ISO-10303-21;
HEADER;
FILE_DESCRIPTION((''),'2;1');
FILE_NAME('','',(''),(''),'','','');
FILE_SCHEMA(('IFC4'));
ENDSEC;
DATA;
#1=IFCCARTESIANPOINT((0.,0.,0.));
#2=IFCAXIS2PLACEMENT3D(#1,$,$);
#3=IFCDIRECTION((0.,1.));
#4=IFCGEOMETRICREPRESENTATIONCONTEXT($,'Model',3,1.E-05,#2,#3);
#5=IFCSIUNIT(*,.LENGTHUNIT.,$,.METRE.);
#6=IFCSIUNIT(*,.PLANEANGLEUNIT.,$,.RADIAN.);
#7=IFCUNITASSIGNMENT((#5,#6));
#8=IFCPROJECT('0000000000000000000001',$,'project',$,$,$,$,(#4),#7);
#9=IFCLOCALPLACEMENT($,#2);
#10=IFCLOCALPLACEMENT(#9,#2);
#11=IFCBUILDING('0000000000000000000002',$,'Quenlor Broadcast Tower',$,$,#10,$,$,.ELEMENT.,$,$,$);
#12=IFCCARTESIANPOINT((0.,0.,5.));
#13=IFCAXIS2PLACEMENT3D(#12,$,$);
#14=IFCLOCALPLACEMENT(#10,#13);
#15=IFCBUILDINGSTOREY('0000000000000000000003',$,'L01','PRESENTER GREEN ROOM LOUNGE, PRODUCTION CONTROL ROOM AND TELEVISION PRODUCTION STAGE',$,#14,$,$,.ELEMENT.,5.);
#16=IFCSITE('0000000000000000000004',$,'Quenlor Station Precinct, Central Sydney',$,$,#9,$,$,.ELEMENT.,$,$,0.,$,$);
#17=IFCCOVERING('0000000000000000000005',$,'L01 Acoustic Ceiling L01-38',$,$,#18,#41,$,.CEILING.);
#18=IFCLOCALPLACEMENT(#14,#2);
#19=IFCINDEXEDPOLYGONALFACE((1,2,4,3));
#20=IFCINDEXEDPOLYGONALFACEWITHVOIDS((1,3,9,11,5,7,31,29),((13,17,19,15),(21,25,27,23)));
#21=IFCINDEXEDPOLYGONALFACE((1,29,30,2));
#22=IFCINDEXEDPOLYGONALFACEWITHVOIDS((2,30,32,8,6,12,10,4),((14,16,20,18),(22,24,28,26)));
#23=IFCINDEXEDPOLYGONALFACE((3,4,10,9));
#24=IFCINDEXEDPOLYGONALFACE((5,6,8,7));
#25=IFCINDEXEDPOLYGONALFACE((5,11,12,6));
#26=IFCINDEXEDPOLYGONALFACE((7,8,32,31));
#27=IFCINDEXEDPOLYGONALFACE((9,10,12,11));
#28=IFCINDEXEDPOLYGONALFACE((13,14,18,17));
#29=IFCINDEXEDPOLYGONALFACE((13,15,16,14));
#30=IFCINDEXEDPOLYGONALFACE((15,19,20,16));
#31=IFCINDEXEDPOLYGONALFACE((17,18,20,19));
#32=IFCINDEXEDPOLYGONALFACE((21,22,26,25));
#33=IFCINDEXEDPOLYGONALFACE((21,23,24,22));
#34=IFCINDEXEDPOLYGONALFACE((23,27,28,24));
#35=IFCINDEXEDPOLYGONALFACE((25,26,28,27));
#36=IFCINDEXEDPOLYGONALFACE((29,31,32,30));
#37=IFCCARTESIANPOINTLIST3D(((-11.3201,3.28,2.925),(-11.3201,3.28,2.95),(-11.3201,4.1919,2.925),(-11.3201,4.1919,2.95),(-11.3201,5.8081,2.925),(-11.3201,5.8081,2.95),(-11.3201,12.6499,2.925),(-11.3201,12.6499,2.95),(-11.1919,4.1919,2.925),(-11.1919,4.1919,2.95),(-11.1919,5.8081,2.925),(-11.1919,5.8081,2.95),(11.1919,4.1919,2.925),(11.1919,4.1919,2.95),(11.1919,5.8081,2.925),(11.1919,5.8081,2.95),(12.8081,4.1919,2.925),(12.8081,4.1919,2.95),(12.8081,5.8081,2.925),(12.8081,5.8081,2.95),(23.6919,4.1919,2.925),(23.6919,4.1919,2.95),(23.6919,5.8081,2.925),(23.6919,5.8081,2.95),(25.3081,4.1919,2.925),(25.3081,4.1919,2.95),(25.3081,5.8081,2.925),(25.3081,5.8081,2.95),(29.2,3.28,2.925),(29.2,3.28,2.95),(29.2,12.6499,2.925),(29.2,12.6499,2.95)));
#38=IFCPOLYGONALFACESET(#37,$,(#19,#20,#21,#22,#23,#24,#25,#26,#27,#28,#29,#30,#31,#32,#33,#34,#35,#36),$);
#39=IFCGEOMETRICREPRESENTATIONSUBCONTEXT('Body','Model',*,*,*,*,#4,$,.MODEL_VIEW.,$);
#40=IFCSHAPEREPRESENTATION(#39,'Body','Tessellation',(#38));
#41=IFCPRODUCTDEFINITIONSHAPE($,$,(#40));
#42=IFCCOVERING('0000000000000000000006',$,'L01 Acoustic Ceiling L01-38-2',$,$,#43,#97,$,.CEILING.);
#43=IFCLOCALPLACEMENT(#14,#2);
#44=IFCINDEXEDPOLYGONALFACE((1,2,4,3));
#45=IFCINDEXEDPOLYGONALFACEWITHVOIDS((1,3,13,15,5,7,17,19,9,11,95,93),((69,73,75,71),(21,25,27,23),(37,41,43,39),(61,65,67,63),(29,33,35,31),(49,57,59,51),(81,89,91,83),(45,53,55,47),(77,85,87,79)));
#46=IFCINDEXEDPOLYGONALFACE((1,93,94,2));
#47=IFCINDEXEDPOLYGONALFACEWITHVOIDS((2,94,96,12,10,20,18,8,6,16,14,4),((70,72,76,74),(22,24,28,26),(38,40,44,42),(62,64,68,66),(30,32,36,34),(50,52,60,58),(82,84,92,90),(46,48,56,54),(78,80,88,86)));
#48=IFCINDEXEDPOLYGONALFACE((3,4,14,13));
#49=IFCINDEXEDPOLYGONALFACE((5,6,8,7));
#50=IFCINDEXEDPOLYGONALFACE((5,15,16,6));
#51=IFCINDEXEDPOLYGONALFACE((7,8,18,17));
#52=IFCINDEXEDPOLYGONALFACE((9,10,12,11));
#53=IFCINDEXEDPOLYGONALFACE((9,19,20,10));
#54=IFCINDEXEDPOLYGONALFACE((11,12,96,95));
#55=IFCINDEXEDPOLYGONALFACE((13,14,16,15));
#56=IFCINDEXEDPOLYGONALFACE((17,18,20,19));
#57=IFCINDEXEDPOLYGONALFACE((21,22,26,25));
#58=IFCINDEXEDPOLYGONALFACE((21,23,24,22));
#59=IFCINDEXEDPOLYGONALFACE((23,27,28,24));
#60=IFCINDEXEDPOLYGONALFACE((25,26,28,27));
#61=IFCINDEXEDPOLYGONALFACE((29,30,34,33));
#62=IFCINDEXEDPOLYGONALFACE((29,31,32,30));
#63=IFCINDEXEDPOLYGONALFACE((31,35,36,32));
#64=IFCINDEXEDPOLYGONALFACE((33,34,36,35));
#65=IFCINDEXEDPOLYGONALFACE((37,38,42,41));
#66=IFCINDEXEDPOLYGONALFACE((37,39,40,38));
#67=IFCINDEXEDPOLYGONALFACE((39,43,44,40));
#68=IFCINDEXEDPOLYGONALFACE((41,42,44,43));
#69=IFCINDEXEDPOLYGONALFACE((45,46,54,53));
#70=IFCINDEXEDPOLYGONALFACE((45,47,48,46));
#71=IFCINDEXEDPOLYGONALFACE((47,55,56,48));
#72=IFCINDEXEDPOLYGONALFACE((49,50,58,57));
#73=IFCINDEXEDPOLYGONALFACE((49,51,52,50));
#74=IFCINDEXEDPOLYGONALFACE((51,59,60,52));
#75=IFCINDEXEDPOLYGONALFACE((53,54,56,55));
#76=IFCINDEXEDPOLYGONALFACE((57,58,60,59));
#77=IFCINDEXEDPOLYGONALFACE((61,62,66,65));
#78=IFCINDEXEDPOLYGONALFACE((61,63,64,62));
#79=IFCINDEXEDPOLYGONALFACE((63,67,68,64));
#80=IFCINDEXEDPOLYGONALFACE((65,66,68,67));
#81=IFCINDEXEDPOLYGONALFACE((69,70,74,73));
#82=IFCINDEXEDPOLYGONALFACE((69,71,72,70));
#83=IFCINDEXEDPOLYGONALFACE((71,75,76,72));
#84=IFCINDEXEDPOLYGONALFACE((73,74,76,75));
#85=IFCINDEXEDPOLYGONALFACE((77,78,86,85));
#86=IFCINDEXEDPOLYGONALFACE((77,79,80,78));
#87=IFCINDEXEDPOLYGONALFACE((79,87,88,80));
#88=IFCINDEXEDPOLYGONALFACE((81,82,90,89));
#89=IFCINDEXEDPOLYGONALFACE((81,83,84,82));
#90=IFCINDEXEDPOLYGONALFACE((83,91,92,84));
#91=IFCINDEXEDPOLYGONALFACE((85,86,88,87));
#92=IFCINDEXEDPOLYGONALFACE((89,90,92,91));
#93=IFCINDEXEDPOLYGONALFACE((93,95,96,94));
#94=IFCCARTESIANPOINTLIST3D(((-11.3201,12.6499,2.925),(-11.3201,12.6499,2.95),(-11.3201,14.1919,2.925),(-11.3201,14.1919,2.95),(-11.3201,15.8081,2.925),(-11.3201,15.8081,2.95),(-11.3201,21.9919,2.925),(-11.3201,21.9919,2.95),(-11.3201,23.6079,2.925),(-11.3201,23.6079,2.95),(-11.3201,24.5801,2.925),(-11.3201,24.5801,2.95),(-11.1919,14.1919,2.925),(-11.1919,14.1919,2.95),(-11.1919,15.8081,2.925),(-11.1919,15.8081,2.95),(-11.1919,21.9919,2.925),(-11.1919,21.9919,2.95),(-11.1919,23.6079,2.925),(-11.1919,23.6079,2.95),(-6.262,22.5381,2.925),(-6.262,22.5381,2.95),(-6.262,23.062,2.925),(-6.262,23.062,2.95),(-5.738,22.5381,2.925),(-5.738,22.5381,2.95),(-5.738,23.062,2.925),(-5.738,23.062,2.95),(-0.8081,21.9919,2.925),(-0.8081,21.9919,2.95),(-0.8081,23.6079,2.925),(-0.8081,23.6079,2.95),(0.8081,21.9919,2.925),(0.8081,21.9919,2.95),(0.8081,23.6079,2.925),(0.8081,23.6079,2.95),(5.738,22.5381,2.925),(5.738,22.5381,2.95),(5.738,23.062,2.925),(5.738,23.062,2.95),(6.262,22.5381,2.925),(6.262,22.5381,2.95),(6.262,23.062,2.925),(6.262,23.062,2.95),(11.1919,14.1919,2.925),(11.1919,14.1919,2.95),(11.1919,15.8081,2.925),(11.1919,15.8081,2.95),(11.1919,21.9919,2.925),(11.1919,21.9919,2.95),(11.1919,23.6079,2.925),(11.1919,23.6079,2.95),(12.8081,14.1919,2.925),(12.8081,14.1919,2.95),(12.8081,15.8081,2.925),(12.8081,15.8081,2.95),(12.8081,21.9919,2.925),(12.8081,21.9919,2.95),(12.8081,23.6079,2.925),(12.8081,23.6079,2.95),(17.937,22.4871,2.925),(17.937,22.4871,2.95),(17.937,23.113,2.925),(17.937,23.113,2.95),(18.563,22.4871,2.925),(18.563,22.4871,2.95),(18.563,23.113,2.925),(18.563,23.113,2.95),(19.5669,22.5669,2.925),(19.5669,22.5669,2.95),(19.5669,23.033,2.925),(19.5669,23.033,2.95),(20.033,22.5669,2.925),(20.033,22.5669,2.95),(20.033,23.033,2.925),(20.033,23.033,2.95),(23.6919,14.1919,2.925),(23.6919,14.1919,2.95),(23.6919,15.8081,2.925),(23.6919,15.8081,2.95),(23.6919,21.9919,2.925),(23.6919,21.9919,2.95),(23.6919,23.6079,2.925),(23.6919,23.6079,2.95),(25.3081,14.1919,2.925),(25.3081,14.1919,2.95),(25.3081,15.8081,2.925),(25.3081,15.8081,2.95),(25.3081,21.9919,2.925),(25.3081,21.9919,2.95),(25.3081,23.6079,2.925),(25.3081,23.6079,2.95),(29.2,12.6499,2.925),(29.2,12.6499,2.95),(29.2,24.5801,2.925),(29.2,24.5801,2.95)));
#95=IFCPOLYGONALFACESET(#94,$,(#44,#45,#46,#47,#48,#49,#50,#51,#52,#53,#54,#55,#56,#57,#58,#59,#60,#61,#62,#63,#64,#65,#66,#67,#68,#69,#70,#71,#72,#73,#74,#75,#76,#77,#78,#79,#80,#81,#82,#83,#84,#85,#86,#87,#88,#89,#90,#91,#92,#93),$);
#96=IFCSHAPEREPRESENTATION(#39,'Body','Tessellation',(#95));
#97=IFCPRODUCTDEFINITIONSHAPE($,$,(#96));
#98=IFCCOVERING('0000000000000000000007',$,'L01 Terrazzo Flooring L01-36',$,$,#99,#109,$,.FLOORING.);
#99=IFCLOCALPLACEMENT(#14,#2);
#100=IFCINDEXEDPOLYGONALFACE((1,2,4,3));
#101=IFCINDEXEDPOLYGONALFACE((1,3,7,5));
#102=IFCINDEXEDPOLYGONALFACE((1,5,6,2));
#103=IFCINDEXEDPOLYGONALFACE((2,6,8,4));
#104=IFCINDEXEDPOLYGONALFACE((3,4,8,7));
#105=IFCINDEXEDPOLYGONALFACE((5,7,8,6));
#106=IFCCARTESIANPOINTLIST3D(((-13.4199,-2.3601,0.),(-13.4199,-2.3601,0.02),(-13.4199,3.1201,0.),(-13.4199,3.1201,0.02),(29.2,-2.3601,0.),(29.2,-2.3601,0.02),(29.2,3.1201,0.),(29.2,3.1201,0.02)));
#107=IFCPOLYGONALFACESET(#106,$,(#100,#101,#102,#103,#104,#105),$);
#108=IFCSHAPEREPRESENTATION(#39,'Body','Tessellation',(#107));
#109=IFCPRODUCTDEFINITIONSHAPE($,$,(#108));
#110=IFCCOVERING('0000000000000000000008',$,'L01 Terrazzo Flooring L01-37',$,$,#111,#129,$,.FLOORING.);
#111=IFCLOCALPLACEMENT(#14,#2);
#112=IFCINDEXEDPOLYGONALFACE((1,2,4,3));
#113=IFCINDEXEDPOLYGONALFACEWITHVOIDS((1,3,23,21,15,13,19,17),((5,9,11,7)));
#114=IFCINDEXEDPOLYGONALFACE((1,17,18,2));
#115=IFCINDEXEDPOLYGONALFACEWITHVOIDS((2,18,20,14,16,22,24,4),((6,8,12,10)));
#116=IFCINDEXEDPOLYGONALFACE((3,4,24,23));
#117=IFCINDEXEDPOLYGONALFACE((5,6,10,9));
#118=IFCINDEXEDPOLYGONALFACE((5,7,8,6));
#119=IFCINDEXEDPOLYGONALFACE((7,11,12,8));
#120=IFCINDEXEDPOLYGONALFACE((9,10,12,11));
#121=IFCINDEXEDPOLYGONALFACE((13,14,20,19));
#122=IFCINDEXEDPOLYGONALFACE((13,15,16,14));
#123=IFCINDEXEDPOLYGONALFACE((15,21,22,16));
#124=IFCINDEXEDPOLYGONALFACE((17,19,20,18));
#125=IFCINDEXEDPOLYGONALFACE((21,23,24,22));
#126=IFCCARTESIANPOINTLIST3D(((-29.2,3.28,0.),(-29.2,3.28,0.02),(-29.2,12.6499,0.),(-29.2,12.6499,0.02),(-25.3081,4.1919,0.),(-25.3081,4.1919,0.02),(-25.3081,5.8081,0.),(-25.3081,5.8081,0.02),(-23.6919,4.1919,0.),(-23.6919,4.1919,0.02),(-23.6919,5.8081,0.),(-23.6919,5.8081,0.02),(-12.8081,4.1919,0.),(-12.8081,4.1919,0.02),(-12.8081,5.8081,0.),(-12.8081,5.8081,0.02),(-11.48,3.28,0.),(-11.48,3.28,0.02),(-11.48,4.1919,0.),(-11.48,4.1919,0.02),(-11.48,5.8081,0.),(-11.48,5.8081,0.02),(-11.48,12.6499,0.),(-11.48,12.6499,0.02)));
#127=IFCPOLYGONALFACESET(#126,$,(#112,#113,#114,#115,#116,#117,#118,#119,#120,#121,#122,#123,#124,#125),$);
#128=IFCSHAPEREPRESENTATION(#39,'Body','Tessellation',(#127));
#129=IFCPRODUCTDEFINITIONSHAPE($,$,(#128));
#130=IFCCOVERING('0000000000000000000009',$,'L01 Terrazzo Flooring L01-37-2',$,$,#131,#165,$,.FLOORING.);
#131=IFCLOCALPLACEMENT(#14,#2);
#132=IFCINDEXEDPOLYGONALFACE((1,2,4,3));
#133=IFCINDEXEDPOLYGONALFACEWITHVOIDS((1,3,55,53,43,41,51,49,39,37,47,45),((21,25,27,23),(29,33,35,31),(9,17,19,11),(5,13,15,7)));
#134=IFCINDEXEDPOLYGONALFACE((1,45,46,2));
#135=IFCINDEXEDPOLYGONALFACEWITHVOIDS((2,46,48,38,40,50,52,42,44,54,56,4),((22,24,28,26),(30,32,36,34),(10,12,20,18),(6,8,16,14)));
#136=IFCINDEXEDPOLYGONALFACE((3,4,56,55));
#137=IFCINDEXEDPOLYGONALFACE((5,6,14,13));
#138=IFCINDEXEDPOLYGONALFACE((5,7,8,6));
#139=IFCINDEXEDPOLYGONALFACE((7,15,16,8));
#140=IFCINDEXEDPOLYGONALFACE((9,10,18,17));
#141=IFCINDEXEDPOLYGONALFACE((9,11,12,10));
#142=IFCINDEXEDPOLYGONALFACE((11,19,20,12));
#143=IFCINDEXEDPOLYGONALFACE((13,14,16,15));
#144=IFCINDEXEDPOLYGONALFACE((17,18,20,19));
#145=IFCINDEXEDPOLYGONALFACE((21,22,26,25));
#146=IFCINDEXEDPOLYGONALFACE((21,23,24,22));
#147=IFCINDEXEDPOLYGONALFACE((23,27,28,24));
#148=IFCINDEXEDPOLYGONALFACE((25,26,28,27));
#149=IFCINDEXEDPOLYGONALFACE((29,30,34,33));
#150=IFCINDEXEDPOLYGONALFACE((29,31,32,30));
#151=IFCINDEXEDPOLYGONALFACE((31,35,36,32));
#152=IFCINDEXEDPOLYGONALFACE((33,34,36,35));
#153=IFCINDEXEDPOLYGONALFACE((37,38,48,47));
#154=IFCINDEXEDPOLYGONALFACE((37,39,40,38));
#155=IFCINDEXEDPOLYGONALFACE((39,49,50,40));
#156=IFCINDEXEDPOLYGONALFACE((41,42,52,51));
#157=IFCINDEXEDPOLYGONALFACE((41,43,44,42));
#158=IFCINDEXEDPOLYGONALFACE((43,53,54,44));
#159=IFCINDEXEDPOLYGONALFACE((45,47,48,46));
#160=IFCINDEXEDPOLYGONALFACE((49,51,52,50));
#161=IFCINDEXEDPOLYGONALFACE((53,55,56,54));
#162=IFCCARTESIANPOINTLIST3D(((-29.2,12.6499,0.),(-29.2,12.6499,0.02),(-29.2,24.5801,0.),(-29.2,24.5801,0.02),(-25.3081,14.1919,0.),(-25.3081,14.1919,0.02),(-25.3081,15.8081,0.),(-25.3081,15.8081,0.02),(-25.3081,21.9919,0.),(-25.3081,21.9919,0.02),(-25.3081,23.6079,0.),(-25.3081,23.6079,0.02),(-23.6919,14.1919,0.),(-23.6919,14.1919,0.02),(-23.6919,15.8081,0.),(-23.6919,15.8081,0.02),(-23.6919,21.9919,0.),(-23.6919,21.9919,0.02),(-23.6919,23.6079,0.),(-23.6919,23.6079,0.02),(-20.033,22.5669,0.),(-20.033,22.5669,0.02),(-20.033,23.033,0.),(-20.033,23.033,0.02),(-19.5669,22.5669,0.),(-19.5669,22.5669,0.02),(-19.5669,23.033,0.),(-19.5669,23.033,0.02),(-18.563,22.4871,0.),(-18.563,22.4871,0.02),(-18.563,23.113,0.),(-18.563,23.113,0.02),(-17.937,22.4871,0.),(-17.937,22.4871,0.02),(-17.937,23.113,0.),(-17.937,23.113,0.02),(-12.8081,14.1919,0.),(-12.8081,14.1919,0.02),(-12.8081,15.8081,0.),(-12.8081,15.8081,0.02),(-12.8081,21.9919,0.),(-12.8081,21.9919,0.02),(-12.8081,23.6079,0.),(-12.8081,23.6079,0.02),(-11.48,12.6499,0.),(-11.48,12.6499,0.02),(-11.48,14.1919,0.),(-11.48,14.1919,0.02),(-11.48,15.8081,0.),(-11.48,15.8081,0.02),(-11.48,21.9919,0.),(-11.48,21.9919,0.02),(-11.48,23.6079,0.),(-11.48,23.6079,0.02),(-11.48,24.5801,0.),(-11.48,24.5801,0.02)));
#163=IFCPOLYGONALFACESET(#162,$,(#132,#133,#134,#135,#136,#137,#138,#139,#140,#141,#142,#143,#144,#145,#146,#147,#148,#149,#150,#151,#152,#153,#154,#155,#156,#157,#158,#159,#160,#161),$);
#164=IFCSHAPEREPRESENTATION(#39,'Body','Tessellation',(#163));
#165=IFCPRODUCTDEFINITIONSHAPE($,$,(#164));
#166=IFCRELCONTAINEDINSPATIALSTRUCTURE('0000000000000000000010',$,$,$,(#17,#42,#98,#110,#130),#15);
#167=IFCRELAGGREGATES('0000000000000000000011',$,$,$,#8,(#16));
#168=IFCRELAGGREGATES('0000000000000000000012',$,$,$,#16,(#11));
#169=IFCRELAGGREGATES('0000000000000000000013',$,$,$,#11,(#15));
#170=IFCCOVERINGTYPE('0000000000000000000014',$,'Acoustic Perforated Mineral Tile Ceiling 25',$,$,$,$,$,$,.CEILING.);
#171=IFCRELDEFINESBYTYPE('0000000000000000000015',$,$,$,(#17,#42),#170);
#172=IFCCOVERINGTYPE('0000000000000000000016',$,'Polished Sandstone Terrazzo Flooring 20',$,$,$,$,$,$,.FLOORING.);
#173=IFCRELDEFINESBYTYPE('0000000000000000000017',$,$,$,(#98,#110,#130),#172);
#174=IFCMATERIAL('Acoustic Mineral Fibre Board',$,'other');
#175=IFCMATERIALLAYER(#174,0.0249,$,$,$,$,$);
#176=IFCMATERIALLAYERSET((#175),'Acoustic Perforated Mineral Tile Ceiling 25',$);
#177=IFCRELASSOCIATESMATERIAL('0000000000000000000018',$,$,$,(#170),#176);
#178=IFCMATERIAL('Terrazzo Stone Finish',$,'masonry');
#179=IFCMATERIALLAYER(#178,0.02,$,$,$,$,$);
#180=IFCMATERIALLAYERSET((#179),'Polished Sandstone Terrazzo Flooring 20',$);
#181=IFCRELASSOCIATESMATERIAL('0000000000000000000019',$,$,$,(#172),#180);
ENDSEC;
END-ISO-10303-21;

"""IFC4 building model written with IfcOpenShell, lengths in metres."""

from ifc_helpers import new_model, si_unit, direction, frame, origin, place, context, subcontext, project, spatial, polyline, outline, extrude, material, layer, layer_set, type_object, element, save


model = new_model("IFC4")

# Units and contexts
model_context = context("Model", 3, precision=1e-05, world=origin(), true_north=direction((0.0, 1.0)))
body_context = subcontext(model_context, "Body", "Model", "MODEL_VIEW")
ifc_project = project(units=[si_unit("LENGTHUNIT", "METRE"), si_unit("PLANEANGLEUNIT", "RADIAN")], contexts=[model_context])

# Site, building, storey
site_placement = place(None, origin())
site = spatial("IfcSite", under=ifc_project, at=site_placement, Name="Quenlor Station Precinct, Central Sydney", CompositionType="ELEMENT", RefElevation=0.0)
building_placement = place(site_placement, origin())
building = spatial("IfcBuilding", under=site, at=building_placement, Name="Quenlor Broadcast Tower", CompositionType="ELEMENT")
storey_placement = place(building_placement, frame((0.0, 0.0, 5.0)))
storey = spatial("IfcBuildingStorey", under=building, at=storey_placement, Name="L01", Description="PRESENTER GREEN ROOM LOUNGE, PRODUCTION CONTROL ROOM AND TELEVISION PRODUCTION STAGE", CompositionType="ELEMENT", Elevation=5.0)

# Coverings
ifc_material_1 = material(Name="Acoustic Mineral Fibre Board", Category="other")
ifc_layer_1 = layer(ifc_material_1, 0.0249)
ifc_layer_set_1 = layer_set([ifc_layer_1], Name="Acoustic Perforated Mineral Tile Ceiling 25")
covering_type_1 = type_object("IfcCoveringType", Name="Acoustic Perforated Mineral Tile Ceiling 25", PredefinedType="CEILING", material=ifc_layer_set_1)
covering_1_placement = place(storey_placement, frame((0.0, 0.0, 2.925)))
element("IfcCovering", 1, at=covering_1_placement, inside=storey, type_object=covering_type_1, Name="L01 Acoustic Ceiling L01-38", PredefinedType="CEILING", context=body_context, shape_type="SweptSolid", body=[
    extrude(outline(polyline([(-11.1919, 4.1919), (-11.1919, 5.8081), (-11.3201, 5.8081), (-11.3201, 12.6499), (29.2, 12.6499), (29.2, 3.28), (-11.3201, 3.28), (-11.3201, 4.1919), (-11.1919, 4.1919)]), holes=[polyline([(12.8081, 4.1919), (12.8081, 5.8081), (11.1919, 5.8081), (11.1919, 4.1919), (12.8081, 4.1919)]), polyline([(25.3081, 4.1919), (25.3081, 5.8081), (23.6919, 5.8081), (23.6919, 4.1919), (25.3081, 4.1919)])]), origin(), (0.0, 0.0, 1.0), 0.0249),
])
covering_2_placement = place(storey_placement, frame((0.0, 0.0, 2.925)))
element("IfcCovering", 2, at=covering_2_placement, inside=storey, type_object=covering_type_1, Name="L01 Acoustic Ceiling L01-38-2", PredefinedType="CEILING", context=body_context, shape_type="SweptSolid", body=[
    extrude(outline(polyline([(-11.3201, 14.1919), (-11.1919, 14.1919), (-11.1919, 15.8081), (-11.3201, 15.8081), (-11.3201, 21.9919), (-11.1919, 21.9919), (-11.1919, 23.6079), (-11.3201, 23.6079), (-11.3201, 24.5801), (29.2, 24.5801), (29.2, 12.6499), (-11.3201, 12.6499), (-11.3201, 14.1919)]), holes=[polyline([(12.8081, 14.1919), (12.8081, 15.8081), (11.1919, 15.8081), (11.1919, 14.1919), (12.8081, 14.1919)]), polyline([(0.8081, 21.9919), (0.8081, 23.6079), (-0.8081, 23.6079), (-0.8081, 21.9919), (0.8081, 21.9919)]), polyline([(6.262, 22.5381), (6.262, 23.062), (5.738, 23.062), (5.738, 22.5381), (6.262, 22.5381)]), polyline([(-5.738, 22.5381), (-5.738, 23.062), (-6.262, 23.062), (-6.262, 22.5381), (-5.738, 22.5381)]), polyline([(12.8081, 21.9919), (12.8081, 23.6079), (11.1919, 23.6079), (11.1919, 21.9919), (12.8081, 21.9919)]), polyline([(25.3081, 14.1919), (25.3081, 15.8081), (23.6919, 15.8081), (23.6919, 14.1919), (25.3081, 14.1919)]), polyline([(20.033, 22.5669), (20.033, 23.033), (19.5669, 23.033), (19.5669, 22.5669), (20.033, 22.5669)]), polyline([(25.3081, 21.9919), (25.3081, 23.6079), (23.6919, 23.6079), (23.6919, 21.9919), (25.3081, 21.9919)]), polyline([(18.563, 22.4871), (18.563, 23.113), (17.937, 23.113), (17.937, 22.4871), (18.563, 22.4871)])]), origin(), (0.0, 0.0, 1.0), 0.0249),
])
ifc_material_2 = material(Name="Terrazzo Stone Finish", Category="masonry")
ifc_layer_2 = layer(ifc_material_2, 0.02)
ifc_layer_set_2 = layer_set([ifc_layer_2], Name="Polished Sandstone Terrazzo Flooring 20")
covering_type_2 = type_object("IfcCoveringType", Name="Polished Sandstone Terrazzo Flooring 20", PredefinedType="FLOORING", material=ifc_layer_set_2)
covering_3_placement = place(storey_placement, origin())
element("IfcCovering", 3, at=covering_3_placement, inside=storey, type_object=covering_type_2, Name="L01 Terrazzo Flooring L01-36", PredefinedType="FLOORING", context=body_context, shape_type="SweptSolid", body=[
    extrude(outline(polyline([(29.2, -2.3601), (-13.4199, -2.3601), (-13.4199, 3.1201), (29.2, 3.1201), (29.2, -2.3601)])), origin(), (0.0, 0.0, 1.0), 0.02),
])
covering_4_placement = place(storey_placement, origin())
element("IfcCovering", 4, at=covering_4_placement, inside=storey, type_object=covering_type_2, Name="L01 Terrazzo Flooring L01-37", PredefinedType="FLOORING", context=body_context, shape_type="SweptSolid", body=[
    extrude(outline(polyline([(-11.48, 5.8081), (-12.8081, 5.8081), (-12.8081, 4.1919), (-11.48, 4.1919), (-11.48, 3.28), (-29.2, 3.28), (-29.2, 12.6499), (-11.48, 12.6499), (-11.48, 5.8081)]), holes=[polyline([(-23.6919, 4.1919), (-23.6919, 5.8081), (-25.3081, 5.8081), (-25.3081, 4.1919), (-23.6919, 4.1919)])]), origin(), (0.0, 0.0, 1.0), 0.02),
])
covering_5_placement = place(storey_placement, origin())
element("IfcCovering", 5, at=covering_5_placement, inside=storey, type_object=covering_type_2, Name="L01 Terrazzo Flooring L01-37-2", PredefinedType="FLOORING", context=body_context, shape_type="SweptSolid", body=[
    extrude(outline(polyline([(-11.48, 24.5801), (-11.48, 23.6079), (-12.8081, 23.6079), (-12.8081, 21.9919), (-11.48, 21.9919), (-11.48, 15.8081), (-12.8081, 15.8081), (-12.8081, 14.1919), (-11.48, 14.1919), (-11.48, 12.6499), (-29.2, 12.6499), (-29.2, 24.5801), (-11.48, 24.5801)]), holes=[polyline([(-23.6919, 14.1919), (-23.6919, 15.8081), (-25.3081, 15.8081), (-25.3081, 14.1919), (-23.6919, 14.1919)]), polyline([(-23.6919, 21.9919), (-23.6919, 23.6079), (-25.3081, 23.6079), (-25.3081, 21.9919), (-23.6919, 21.9919)]), polyline([(-19.5669, 22.5669), (-19.5669, 23.033), (-20.033, 23.033), (-20.033, 22.5669), (-19.5669, 22.5669)]), polyline([(-17.937, 22.4871), (-17.937, 23.113), (-18.563, 23.113), (-18.563, 22.4871), (-17.937, 22.4871)])]), origin(), (0.0, 0.0, 1.0), 0.02),
])

save(model, "model.ifc")
